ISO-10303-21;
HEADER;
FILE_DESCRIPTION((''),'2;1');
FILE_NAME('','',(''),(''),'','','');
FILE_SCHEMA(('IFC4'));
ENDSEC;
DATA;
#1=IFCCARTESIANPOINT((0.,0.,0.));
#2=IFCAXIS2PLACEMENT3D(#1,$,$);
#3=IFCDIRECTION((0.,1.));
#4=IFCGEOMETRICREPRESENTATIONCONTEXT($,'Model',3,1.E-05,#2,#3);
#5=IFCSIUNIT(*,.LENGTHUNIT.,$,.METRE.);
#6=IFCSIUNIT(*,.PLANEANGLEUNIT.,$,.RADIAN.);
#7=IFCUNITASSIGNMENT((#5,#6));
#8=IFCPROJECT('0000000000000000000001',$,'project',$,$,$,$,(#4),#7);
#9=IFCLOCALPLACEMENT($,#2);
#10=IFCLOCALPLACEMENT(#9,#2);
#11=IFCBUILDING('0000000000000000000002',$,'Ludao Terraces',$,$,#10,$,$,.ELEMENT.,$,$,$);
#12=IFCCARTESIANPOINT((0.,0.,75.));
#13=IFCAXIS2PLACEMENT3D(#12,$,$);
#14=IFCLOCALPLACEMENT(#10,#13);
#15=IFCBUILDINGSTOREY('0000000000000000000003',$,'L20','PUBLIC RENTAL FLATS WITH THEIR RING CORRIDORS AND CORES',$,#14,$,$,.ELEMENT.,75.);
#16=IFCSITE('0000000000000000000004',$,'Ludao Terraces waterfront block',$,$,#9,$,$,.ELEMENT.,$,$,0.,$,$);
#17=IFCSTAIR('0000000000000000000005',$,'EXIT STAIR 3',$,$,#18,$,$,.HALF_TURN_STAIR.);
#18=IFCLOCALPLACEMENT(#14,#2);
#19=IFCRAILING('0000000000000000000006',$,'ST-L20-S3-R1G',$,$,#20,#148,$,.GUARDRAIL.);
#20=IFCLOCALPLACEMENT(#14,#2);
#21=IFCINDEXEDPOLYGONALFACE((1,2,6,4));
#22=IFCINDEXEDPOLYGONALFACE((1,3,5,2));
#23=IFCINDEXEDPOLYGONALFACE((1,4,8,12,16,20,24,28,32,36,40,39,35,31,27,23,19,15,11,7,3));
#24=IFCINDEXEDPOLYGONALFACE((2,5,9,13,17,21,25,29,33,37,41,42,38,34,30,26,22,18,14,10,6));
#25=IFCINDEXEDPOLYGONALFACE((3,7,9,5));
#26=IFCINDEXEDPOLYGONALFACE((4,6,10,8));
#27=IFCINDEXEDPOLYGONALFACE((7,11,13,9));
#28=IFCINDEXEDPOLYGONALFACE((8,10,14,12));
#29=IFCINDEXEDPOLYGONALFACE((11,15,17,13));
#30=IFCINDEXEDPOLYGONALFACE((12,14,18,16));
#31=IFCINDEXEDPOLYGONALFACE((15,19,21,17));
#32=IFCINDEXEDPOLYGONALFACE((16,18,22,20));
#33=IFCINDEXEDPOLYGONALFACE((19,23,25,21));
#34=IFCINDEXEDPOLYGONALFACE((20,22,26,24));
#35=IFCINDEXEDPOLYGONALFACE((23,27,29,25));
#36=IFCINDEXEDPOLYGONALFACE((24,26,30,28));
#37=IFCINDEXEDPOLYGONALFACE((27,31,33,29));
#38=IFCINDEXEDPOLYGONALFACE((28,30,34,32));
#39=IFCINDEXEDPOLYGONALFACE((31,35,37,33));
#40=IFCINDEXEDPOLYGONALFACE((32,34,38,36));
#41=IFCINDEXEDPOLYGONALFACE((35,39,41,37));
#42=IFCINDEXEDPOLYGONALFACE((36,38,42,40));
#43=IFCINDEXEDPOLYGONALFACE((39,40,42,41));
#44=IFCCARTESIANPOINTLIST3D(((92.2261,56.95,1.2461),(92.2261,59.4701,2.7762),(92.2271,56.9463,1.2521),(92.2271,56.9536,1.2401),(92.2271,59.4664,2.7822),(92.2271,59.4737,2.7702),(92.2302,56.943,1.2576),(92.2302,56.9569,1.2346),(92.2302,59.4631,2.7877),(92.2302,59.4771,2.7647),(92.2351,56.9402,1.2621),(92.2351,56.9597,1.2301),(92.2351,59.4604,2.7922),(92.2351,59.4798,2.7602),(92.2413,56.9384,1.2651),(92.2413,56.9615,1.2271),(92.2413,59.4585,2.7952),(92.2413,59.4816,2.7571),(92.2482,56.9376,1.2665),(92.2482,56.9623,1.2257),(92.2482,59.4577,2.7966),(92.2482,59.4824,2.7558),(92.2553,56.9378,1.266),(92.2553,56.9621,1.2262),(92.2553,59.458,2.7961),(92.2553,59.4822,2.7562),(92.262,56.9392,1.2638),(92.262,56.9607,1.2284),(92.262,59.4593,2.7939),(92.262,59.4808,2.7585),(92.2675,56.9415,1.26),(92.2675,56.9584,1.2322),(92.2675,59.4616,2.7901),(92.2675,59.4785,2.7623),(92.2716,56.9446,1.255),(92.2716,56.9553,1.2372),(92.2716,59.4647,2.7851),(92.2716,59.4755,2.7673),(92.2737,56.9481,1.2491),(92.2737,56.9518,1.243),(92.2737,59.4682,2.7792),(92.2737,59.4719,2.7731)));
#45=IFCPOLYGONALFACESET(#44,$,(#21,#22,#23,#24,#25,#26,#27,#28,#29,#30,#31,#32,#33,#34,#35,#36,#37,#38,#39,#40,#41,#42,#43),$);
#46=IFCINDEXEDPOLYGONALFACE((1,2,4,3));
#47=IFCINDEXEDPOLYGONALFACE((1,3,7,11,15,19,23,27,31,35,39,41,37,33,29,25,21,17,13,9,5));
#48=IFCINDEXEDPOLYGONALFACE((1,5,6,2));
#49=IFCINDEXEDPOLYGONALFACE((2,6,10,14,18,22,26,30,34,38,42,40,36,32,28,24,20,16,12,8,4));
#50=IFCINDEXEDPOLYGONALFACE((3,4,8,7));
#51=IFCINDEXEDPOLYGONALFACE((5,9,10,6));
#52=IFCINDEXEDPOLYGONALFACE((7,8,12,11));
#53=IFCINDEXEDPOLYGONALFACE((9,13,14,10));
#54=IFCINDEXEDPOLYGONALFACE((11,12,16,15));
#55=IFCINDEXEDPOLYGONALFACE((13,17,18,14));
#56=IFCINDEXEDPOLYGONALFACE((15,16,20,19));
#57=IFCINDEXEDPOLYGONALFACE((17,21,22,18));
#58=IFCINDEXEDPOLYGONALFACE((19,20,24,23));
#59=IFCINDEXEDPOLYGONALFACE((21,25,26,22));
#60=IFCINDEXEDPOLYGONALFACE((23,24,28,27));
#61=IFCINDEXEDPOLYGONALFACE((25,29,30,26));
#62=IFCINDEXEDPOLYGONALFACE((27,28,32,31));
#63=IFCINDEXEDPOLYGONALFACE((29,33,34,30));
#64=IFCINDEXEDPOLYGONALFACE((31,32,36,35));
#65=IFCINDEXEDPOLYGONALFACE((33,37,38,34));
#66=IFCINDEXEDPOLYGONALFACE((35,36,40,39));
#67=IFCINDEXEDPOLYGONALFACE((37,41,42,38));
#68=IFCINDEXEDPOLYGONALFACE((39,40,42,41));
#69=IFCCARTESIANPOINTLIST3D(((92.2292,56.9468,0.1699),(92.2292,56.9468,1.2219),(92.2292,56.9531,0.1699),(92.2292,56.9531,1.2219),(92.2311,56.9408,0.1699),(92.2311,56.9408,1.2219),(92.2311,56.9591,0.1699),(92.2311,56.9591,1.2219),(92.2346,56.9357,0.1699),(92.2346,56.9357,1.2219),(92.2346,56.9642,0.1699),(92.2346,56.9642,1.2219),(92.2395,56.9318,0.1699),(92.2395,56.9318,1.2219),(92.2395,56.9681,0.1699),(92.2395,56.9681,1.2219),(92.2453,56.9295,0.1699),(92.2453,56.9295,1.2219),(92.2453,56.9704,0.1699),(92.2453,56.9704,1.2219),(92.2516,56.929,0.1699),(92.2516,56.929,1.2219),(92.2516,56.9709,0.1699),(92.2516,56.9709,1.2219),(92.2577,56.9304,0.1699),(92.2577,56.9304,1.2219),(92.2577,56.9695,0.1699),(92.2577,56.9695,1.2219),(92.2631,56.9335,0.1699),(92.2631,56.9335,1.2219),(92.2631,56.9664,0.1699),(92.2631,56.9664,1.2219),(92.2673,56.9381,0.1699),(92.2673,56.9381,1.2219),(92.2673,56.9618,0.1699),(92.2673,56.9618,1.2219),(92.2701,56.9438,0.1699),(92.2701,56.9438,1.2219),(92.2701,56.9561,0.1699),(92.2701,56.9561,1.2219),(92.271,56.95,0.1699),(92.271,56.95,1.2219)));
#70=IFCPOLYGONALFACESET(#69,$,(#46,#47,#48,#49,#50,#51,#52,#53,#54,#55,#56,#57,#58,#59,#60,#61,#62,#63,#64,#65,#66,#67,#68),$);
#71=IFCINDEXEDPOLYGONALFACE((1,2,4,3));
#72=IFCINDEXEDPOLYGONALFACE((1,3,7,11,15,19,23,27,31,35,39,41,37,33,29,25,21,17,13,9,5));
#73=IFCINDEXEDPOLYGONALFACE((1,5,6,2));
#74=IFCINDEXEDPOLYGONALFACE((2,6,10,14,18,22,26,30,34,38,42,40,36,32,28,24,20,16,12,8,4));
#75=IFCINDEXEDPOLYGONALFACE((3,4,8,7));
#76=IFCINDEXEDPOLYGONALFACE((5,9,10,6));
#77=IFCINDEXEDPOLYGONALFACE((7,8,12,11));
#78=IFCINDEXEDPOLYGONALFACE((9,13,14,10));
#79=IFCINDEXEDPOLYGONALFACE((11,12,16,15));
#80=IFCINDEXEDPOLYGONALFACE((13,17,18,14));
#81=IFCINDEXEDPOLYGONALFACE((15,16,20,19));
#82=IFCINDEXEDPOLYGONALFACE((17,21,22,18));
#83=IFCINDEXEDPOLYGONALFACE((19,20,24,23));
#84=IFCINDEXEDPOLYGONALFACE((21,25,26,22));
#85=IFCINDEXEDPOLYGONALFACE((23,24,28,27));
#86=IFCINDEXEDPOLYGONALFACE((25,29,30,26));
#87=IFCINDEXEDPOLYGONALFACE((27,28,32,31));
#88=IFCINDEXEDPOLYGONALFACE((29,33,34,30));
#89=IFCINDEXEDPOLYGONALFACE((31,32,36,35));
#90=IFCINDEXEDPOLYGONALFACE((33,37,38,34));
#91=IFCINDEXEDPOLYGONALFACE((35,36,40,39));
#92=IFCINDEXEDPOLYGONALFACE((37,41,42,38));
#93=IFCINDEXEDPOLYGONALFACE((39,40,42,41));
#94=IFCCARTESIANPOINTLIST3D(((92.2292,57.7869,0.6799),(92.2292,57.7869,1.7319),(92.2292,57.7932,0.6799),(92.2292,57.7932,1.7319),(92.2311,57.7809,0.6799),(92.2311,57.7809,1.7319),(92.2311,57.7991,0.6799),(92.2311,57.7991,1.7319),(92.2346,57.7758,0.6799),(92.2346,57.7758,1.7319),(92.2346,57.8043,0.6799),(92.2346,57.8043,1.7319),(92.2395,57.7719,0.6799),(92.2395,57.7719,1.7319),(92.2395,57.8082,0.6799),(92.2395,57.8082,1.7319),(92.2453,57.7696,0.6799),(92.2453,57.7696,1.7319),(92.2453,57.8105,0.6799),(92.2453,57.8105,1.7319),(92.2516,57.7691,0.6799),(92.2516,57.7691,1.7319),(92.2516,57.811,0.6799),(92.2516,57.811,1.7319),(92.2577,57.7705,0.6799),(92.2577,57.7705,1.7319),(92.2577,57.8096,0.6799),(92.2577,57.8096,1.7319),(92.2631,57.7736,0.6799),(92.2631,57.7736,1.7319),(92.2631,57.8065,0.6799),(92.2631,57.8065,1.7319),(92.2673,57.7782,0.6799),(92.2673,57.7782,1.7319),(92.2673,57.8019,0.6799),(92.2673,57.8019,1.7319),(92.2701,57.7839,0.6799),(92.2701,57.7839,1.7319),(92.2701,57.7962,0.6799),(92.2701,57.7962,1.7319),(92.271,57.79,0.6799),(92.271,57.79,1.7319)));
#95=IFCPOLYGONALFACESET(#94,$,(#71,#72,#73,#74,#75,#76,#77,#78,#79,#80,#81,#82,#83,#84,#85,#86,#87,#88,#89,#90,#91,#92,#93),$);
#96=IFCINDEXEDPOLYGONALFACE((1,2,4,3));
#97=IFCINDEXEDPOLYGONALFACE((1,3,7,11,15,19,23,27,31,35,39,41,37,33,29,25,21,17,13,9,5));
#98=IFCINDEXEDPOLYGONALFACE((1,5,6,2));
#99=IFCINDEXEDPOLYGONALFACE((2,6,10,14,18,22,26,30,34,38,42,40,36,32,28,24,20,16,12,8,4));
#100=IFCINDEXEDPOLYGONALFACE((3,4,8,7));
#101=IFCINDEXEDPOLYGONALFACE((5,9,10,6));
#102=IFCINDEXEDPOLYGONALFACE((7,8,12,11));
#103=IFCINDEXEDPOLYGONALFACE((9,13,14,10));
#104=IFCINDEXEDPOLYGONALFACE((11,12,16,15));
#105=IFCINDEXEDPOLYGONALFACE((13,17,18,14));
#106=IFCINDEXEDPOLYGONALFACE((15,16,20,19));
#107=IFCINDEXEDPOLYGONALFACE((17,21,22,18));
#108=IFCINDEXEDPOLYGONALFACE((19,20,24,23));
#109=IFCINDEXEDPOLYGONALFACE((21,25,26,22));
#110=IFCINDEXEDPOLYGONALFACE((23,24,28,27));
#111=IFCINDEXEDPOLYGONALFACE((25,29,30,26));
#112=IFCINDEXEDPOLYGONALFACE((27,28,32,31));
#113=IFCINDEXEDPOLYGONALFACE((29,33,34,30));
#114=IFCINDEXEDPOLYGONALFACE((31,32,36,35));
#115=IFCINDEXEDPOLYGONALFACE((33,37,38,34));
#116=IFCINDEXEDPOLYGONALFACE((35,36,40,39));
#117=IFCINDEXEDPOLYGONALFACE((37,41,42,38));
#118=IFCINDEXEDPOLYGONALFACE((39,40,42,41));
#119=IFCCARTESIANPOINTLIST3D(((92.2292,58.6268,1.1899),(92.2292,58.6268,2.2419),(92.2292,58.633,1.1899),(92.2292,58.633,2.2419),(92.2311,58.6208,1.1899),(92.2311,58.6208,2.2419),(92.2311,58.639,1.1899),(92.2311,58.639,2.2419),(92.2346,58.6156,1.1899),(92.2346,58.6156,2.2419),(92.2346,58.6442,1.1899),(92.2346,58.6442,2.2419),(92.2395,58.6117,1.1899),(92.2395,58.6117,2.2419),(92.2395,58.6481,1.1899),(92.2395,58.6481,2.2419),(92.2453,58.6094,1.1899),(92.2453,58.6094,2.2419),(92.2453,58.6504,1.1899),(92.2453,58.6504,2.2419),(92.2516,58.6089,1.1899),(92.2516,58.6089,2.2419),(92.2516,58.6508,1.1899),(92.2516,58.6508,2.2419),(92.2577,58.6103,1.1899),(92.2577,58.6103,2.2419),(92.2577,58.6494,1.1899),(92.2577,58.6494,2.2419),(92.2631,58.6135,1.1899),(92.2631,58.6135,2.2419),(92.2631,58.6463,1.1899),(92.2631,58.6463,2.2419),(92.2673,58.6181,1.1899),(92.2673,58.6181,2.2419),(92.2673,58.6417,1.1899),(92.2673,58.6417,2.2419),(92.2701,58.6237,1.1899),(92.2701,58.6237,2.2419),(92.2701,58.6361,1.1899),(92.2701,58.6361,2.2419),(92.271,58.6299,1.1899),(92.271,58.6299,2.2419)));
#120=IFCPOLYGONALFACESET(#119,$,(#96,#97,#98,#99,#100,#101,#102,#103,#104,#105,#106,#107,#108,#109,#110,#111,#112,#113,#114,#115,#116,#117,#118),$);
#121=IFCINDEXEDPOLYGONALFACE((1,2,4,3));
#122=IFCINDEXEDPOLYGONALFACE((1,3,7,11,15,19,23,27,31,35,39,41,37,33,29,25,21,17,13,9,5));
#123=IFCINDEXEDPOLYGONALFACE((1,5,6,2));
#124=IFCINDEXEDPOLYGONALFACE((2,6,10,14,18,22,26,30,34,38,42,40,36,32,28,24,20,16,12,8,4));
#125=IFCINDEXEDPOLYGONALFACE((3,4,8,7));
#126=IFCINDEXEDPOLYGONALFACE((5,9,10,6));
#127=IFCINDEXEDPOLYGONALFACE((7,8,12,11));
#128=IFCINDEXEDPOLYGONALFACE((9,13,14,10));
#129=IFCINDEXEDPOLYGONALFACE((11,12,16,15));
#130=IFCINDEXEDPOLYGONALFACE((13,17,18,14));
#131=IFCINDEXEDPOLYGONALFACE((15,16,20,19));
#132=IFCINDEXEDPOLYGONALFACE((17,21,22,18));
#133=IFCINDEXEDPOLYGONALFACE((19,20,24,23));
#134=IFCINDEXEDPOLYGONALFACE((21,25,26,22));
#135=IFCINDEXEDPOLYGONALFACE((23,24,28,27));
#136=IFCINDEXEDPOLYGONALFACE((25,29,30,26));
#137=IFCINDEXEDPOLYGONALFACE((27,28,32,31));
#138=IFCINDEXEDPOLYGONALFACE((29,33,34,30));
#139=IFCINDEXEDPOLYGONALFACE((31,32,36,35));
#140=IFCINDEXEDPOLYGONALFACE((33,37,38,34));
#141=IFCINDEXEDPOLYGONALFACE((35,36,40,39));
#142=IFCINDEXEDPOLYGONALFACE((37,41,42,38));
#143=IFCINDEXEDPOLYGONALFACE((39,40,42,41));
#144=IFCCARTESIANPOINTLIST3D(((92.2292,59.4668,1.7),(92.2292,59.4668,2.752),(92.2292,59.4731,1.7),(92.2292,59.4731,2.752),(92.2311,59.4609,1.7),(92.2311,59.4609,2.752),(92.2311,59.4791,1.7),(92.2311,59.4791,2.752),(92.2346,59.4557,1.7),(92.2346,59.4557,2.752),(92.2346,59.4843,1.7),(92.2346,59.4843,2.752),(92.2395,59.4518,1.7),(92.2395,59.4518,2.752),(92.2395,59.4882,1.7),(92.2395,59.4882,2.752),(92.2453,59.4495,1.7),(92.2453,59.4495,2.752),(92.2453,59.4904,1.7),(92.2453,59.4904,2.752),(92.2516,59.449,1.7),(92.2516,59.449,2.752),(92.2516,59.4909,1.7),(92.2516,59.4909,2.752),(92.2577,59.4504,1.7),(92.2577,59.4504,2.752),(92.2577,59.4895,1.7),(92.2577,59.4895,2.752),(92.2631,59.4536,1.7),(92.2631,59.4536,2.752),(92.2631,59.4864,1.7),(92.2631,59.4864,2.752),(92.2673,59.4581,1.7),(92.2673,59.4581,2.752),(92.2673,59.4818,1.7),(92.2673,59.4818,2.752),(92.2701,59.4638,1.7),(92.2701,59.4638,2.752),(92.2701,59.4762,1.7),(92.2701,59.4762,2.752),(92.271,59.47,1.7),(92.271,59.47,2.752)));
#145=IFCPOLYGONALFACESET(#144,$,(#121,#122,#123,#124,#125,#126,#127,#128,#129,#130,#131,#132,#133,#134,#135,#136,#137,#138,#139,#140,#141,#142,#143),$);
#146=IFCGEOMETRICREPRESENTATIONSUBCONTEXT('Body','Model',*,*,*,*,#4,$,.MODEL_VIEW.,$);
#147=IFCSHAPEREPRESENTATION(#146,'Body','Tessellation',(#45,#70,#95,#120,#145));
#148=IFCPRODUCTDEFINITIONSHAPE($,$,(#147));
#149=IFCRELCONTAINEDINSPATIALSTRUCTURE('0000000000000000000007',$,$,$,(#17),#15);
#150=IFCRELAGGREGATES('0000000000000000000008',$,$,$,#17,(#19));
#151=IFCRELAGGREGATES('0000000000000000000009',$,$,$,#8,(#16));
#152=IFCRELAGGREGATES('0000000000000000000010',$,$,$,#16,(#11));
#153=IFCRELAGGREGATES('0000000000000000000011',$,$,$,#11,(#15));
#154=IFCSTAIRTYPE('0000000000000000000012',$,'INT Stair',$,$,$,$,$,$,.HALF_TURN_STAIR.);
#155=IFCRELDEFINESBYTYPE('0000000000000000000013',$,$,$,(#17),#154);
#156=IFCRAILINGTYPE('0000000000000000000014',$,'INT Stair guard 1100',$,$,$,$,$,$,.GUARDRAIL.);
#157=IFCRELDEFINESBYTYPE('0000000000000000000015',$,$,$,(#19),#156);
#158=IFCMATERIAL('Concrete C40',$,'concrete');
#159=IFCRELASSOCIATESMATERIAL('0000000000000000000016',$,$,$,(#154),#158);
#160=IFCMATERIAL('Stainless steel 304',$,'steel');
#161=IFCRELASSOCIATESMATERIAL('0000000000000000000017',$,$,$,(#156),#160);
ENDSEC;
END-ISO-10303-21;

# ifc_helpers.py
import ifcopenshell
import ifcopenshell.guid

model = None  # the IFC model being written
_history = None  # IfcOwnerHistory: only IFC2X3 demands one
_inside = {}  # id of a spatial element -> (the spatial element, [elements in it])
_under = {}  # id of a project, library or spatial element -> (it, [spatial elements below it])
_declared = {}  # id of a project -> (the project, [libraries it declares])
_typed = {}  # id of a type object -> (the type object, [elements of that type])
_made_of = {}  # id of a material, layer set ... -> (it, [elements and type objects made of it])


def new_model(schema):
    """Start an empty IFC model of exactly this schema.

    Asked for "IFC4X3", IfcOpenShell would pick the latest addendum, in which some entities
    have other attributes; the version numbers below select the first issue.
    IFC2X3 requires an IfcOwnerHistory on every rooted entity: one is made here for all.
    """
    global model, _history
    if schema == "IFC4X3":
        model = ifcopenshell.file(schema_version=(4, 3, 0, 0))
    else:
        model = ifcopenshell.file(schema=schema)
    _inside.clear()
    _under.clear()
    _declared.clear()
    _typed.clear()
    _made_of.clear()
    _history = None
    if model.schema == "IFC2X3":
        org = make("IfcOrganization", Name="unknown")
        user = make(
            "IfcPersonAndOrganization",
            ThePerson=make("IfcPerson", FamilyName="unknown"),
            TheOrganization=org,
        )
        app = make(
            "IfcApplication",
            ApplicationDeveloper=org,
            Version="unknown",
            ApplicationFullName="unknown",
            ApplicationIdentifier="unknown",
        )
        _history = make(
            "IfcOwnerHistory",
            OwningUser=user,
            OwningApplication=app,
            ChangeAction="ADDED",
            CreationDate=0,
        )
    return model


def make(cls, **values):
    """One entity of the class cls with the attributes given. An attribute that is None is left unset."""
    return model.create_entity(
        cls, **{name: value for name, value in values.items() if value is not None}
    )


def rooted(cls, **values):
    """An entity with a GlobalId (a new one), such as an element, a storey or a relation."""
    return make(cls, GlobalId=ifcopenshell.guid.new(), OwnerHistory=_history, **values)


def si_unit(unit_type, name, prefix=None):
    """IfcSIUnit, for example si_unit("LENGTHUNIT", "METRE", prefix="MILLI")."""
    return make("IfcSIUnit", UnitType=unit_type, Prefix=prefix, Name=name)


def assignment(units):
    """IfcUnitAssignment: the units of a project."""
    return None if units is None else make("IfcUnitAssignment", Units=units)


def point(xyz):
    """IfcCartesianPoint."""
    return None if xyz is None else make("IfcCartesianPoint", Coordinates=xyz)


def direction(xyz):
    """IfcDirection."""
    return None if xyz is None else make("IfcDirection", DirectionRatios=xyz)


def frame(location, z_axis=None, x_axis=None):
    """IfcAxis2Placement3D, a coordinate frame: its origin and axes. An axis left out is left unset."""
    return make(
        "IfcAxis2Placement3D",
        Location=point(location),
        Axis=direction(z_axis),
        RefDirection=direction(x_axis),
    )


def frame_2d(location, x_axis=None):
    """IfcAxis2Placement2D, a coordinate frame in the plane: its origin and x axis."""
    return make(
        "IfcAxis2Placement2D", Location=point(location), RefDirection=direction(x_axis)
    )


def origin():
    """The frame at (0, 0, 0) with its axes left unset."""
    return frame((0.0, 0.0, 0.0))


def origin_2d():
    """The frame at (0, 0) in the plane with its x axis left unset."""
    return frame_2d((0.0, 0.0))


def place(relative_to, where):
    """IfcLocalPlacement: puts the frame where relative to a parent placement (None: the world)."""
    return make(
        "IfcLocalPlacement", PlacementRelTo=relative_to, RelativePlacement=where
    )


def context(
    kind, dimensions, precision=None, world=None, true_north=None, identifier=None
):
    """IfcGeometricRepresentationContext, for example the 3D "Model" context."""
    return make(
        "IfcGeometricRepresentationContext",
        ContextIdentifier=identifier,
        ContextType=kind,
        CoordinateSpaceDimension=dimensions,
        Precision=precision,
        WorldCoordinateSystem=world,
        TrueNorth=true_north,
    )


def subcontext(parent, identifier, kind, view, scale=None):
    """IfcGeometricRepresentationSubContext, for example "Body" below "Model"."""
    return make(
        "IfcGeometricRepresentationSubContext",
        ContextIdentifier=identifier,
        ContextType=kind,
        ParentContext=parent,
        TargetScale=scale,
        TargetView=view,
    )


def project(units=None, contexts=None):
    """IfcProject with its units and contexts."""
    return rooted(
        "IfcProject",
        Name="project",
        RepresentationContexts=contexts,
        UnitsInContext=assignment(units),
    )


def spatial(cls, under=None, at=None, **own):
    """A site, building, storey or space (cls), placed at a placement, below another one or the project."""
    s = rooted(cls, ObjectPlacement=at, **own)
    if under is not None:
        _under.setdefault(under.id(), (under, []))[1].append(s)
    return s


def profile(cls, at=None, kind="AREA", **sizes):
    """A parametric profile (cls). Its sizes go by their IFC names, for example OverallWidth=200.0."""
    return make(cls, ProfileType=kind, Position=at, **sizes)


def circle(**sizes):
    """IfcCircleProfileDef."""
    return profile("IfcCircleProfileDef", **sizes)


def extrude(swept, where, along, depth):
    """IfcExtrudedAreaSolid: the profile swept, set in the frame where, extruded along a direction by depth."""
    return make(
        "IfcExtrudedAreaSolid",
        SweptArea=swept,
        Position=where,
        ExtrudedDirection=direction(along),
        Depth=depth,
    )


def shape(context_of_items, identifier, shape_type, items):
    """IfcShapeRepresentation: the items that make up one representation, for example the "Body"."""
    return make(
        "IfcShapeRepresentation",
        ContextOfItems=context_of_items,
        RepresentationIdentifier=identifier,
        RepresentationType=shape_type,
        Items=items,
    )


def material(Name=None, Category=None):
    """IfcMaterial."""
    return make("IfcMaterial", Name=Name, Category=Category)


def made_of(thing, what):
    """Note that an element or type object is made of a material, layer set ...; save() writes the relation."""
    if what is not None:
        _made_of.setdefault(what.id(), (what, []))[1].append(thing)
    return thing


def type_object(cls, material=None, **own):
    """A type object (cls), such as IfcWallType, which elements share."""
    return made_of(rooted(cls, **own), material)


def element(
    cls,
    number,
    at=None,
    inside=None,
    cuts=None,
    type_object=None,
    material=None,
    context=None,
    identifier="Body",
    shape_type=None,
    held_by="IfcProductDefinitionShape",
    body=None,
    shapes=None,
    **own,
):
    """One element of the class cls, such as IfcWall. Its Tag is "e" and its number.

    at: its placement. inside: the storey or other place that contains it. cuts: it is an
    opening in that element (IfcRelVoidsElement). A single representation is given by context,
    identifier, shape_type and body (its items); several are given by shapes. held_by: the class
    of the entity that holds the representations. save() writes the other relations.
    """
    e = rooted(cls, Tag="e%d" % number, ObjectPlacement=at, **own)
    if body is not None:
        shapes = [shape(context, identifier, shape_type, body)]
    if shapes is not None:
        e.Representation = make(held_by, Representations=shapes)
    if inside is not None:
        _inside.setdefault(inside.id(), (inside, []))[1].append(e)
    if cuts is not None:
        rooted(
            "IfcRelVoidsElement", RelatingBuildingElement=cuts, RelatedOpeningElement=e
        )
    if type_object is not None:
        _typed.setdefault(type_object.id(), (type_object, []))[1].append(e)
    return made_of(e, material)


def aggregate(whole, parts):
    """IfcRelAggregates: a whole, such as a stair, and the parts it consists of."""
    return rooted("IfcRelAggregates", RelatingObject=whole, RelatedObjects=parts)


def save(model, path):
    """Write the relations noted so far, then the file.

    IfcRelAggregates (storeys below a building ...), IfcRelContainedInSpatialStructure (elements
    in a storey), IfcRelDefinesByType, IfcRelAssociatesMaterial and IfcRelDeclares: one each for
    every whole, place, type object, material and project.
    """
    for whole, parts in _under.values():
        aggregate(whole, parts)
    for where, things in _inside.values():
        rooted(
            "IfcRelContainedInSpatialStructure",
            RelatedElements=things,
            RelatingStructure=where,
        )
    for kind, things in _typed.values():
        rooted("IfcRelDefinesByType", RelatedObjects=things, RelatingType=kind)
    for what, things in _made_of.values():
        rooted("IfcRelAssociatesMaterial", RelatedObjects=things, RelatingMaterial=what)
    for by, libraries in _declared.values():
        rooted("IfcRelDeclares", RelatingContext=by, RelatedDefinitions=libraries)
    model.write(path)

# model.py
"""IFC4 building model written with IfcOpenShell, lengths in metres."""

from ifc_helpers import new_model, si_unit, direction, frame, origin, origin_2d, place, context, subcontext, project, spatial, circle, extrude, material, type_object, element, aggregate, save


model = new_model("IFC4")

# Units and contexts
model_context = context("Model", 3, precision=1e-05, world=origin(), true_north=direction((0.0, 1.0)))
body_context = subcontext(model_context, "Body", "Model", "MODEL_VIEW")
ifc_project = project(units=[si_unit("LENGTHUNIT", "METRE"), si_unit("PLANEANGLEUNIT", "RADIAN")], contexts=[model_context])

# Site, building, storey
site_placement = place(None, origin())
site = spatial("IfcSite", under=ifc_project, at=site_placement, Name="Ludao Terraces waterfront block", CompositionType="ELEMENT", RefElevation=0.0)
building_placement = place(site_placement, origin())
building = spatial("IfcBuilding", under=site, at=building_placement, Name="Ludao Terraces", CompositionType="ELEMENT")
storey_placement = place(building_placement, frame((0.0, 0.0, 75.0)))
storey = spatial("IfcBuildingStorey", under=building, at=storey_placement, Name="L20", Description="PUBLIC RENTAL FLATS WITH THEIR RING CORRIDORS AND CORES", CompositionType="ELEMENT", Elevation=75.0)

# Stair, railing
ifc_material_1 = material(Name="Concrete C40", Category="concrete")
stair_type = type_object("IfcStairType", Name="INT Stair", PredefinedType="HALF_TURN_STAIR", material=ifc_material_1)
stair_placement = place(storey_placement, origin())
stair = element("IfcStair", 1, at=stair_placement, inside=storey, type_object=stair_type, Name="EXIT STAIR 3", PredefinedType="HALF_TURN_STAIR")
ifc_material_2 = material(Name="Stainless steel 304", Category="steel")
railing_type_1 = type_object("IfcRailingType", Name="INT Stair guard 1100", PredefinedType="GUARDRAIL", material=ifc_material_2)
railing_1_placement = place(storey_placement, frame((92.25, 56.95, 0.1699)))
railing_1 = element("IfcRailing", 2, at=railing_1_placement, type_object=railing_type_1, Name="ST-L20-S3-R1G", PredefinedType="GUARDRAIL", context=body_context, shape_type="SweptSolid", body=[
    extrude(circle(Radius=0.0239, at=origin_2d()), frame((0.0, 0.0, 1.0762), z_axis=(0.0, 0.854785, 0.518982), x_axis=(-1.0, 0.0, 0.0)), (0.0, 0.0, 1.0), 2.9482),
    extrude(circle(Radius=0.021, at=origin_2d()), origin(), (0.0, 0.0, 1.0), 1.052),
    extrude(circle(Radius=0.021, at=origin_2d()), frame((0.0, 0.8401, 0.51)), (0.0, 0.0, 1.0), 1.052),
    extrude(circle(Radius=0.021, at=origin_2d()), frame((0.0, 1.6799, 1.02)), (0.0, 0.0, 1.0), 1.052),
    extrude(circle(Radius=0.021, at=origin_2d()), frame((0.0, 2.52, 1.53)), (0.0, 0.0, 1.0), 1.052),
])
aggregate(stair, [railing_1])

save(model, "model.ifc")
